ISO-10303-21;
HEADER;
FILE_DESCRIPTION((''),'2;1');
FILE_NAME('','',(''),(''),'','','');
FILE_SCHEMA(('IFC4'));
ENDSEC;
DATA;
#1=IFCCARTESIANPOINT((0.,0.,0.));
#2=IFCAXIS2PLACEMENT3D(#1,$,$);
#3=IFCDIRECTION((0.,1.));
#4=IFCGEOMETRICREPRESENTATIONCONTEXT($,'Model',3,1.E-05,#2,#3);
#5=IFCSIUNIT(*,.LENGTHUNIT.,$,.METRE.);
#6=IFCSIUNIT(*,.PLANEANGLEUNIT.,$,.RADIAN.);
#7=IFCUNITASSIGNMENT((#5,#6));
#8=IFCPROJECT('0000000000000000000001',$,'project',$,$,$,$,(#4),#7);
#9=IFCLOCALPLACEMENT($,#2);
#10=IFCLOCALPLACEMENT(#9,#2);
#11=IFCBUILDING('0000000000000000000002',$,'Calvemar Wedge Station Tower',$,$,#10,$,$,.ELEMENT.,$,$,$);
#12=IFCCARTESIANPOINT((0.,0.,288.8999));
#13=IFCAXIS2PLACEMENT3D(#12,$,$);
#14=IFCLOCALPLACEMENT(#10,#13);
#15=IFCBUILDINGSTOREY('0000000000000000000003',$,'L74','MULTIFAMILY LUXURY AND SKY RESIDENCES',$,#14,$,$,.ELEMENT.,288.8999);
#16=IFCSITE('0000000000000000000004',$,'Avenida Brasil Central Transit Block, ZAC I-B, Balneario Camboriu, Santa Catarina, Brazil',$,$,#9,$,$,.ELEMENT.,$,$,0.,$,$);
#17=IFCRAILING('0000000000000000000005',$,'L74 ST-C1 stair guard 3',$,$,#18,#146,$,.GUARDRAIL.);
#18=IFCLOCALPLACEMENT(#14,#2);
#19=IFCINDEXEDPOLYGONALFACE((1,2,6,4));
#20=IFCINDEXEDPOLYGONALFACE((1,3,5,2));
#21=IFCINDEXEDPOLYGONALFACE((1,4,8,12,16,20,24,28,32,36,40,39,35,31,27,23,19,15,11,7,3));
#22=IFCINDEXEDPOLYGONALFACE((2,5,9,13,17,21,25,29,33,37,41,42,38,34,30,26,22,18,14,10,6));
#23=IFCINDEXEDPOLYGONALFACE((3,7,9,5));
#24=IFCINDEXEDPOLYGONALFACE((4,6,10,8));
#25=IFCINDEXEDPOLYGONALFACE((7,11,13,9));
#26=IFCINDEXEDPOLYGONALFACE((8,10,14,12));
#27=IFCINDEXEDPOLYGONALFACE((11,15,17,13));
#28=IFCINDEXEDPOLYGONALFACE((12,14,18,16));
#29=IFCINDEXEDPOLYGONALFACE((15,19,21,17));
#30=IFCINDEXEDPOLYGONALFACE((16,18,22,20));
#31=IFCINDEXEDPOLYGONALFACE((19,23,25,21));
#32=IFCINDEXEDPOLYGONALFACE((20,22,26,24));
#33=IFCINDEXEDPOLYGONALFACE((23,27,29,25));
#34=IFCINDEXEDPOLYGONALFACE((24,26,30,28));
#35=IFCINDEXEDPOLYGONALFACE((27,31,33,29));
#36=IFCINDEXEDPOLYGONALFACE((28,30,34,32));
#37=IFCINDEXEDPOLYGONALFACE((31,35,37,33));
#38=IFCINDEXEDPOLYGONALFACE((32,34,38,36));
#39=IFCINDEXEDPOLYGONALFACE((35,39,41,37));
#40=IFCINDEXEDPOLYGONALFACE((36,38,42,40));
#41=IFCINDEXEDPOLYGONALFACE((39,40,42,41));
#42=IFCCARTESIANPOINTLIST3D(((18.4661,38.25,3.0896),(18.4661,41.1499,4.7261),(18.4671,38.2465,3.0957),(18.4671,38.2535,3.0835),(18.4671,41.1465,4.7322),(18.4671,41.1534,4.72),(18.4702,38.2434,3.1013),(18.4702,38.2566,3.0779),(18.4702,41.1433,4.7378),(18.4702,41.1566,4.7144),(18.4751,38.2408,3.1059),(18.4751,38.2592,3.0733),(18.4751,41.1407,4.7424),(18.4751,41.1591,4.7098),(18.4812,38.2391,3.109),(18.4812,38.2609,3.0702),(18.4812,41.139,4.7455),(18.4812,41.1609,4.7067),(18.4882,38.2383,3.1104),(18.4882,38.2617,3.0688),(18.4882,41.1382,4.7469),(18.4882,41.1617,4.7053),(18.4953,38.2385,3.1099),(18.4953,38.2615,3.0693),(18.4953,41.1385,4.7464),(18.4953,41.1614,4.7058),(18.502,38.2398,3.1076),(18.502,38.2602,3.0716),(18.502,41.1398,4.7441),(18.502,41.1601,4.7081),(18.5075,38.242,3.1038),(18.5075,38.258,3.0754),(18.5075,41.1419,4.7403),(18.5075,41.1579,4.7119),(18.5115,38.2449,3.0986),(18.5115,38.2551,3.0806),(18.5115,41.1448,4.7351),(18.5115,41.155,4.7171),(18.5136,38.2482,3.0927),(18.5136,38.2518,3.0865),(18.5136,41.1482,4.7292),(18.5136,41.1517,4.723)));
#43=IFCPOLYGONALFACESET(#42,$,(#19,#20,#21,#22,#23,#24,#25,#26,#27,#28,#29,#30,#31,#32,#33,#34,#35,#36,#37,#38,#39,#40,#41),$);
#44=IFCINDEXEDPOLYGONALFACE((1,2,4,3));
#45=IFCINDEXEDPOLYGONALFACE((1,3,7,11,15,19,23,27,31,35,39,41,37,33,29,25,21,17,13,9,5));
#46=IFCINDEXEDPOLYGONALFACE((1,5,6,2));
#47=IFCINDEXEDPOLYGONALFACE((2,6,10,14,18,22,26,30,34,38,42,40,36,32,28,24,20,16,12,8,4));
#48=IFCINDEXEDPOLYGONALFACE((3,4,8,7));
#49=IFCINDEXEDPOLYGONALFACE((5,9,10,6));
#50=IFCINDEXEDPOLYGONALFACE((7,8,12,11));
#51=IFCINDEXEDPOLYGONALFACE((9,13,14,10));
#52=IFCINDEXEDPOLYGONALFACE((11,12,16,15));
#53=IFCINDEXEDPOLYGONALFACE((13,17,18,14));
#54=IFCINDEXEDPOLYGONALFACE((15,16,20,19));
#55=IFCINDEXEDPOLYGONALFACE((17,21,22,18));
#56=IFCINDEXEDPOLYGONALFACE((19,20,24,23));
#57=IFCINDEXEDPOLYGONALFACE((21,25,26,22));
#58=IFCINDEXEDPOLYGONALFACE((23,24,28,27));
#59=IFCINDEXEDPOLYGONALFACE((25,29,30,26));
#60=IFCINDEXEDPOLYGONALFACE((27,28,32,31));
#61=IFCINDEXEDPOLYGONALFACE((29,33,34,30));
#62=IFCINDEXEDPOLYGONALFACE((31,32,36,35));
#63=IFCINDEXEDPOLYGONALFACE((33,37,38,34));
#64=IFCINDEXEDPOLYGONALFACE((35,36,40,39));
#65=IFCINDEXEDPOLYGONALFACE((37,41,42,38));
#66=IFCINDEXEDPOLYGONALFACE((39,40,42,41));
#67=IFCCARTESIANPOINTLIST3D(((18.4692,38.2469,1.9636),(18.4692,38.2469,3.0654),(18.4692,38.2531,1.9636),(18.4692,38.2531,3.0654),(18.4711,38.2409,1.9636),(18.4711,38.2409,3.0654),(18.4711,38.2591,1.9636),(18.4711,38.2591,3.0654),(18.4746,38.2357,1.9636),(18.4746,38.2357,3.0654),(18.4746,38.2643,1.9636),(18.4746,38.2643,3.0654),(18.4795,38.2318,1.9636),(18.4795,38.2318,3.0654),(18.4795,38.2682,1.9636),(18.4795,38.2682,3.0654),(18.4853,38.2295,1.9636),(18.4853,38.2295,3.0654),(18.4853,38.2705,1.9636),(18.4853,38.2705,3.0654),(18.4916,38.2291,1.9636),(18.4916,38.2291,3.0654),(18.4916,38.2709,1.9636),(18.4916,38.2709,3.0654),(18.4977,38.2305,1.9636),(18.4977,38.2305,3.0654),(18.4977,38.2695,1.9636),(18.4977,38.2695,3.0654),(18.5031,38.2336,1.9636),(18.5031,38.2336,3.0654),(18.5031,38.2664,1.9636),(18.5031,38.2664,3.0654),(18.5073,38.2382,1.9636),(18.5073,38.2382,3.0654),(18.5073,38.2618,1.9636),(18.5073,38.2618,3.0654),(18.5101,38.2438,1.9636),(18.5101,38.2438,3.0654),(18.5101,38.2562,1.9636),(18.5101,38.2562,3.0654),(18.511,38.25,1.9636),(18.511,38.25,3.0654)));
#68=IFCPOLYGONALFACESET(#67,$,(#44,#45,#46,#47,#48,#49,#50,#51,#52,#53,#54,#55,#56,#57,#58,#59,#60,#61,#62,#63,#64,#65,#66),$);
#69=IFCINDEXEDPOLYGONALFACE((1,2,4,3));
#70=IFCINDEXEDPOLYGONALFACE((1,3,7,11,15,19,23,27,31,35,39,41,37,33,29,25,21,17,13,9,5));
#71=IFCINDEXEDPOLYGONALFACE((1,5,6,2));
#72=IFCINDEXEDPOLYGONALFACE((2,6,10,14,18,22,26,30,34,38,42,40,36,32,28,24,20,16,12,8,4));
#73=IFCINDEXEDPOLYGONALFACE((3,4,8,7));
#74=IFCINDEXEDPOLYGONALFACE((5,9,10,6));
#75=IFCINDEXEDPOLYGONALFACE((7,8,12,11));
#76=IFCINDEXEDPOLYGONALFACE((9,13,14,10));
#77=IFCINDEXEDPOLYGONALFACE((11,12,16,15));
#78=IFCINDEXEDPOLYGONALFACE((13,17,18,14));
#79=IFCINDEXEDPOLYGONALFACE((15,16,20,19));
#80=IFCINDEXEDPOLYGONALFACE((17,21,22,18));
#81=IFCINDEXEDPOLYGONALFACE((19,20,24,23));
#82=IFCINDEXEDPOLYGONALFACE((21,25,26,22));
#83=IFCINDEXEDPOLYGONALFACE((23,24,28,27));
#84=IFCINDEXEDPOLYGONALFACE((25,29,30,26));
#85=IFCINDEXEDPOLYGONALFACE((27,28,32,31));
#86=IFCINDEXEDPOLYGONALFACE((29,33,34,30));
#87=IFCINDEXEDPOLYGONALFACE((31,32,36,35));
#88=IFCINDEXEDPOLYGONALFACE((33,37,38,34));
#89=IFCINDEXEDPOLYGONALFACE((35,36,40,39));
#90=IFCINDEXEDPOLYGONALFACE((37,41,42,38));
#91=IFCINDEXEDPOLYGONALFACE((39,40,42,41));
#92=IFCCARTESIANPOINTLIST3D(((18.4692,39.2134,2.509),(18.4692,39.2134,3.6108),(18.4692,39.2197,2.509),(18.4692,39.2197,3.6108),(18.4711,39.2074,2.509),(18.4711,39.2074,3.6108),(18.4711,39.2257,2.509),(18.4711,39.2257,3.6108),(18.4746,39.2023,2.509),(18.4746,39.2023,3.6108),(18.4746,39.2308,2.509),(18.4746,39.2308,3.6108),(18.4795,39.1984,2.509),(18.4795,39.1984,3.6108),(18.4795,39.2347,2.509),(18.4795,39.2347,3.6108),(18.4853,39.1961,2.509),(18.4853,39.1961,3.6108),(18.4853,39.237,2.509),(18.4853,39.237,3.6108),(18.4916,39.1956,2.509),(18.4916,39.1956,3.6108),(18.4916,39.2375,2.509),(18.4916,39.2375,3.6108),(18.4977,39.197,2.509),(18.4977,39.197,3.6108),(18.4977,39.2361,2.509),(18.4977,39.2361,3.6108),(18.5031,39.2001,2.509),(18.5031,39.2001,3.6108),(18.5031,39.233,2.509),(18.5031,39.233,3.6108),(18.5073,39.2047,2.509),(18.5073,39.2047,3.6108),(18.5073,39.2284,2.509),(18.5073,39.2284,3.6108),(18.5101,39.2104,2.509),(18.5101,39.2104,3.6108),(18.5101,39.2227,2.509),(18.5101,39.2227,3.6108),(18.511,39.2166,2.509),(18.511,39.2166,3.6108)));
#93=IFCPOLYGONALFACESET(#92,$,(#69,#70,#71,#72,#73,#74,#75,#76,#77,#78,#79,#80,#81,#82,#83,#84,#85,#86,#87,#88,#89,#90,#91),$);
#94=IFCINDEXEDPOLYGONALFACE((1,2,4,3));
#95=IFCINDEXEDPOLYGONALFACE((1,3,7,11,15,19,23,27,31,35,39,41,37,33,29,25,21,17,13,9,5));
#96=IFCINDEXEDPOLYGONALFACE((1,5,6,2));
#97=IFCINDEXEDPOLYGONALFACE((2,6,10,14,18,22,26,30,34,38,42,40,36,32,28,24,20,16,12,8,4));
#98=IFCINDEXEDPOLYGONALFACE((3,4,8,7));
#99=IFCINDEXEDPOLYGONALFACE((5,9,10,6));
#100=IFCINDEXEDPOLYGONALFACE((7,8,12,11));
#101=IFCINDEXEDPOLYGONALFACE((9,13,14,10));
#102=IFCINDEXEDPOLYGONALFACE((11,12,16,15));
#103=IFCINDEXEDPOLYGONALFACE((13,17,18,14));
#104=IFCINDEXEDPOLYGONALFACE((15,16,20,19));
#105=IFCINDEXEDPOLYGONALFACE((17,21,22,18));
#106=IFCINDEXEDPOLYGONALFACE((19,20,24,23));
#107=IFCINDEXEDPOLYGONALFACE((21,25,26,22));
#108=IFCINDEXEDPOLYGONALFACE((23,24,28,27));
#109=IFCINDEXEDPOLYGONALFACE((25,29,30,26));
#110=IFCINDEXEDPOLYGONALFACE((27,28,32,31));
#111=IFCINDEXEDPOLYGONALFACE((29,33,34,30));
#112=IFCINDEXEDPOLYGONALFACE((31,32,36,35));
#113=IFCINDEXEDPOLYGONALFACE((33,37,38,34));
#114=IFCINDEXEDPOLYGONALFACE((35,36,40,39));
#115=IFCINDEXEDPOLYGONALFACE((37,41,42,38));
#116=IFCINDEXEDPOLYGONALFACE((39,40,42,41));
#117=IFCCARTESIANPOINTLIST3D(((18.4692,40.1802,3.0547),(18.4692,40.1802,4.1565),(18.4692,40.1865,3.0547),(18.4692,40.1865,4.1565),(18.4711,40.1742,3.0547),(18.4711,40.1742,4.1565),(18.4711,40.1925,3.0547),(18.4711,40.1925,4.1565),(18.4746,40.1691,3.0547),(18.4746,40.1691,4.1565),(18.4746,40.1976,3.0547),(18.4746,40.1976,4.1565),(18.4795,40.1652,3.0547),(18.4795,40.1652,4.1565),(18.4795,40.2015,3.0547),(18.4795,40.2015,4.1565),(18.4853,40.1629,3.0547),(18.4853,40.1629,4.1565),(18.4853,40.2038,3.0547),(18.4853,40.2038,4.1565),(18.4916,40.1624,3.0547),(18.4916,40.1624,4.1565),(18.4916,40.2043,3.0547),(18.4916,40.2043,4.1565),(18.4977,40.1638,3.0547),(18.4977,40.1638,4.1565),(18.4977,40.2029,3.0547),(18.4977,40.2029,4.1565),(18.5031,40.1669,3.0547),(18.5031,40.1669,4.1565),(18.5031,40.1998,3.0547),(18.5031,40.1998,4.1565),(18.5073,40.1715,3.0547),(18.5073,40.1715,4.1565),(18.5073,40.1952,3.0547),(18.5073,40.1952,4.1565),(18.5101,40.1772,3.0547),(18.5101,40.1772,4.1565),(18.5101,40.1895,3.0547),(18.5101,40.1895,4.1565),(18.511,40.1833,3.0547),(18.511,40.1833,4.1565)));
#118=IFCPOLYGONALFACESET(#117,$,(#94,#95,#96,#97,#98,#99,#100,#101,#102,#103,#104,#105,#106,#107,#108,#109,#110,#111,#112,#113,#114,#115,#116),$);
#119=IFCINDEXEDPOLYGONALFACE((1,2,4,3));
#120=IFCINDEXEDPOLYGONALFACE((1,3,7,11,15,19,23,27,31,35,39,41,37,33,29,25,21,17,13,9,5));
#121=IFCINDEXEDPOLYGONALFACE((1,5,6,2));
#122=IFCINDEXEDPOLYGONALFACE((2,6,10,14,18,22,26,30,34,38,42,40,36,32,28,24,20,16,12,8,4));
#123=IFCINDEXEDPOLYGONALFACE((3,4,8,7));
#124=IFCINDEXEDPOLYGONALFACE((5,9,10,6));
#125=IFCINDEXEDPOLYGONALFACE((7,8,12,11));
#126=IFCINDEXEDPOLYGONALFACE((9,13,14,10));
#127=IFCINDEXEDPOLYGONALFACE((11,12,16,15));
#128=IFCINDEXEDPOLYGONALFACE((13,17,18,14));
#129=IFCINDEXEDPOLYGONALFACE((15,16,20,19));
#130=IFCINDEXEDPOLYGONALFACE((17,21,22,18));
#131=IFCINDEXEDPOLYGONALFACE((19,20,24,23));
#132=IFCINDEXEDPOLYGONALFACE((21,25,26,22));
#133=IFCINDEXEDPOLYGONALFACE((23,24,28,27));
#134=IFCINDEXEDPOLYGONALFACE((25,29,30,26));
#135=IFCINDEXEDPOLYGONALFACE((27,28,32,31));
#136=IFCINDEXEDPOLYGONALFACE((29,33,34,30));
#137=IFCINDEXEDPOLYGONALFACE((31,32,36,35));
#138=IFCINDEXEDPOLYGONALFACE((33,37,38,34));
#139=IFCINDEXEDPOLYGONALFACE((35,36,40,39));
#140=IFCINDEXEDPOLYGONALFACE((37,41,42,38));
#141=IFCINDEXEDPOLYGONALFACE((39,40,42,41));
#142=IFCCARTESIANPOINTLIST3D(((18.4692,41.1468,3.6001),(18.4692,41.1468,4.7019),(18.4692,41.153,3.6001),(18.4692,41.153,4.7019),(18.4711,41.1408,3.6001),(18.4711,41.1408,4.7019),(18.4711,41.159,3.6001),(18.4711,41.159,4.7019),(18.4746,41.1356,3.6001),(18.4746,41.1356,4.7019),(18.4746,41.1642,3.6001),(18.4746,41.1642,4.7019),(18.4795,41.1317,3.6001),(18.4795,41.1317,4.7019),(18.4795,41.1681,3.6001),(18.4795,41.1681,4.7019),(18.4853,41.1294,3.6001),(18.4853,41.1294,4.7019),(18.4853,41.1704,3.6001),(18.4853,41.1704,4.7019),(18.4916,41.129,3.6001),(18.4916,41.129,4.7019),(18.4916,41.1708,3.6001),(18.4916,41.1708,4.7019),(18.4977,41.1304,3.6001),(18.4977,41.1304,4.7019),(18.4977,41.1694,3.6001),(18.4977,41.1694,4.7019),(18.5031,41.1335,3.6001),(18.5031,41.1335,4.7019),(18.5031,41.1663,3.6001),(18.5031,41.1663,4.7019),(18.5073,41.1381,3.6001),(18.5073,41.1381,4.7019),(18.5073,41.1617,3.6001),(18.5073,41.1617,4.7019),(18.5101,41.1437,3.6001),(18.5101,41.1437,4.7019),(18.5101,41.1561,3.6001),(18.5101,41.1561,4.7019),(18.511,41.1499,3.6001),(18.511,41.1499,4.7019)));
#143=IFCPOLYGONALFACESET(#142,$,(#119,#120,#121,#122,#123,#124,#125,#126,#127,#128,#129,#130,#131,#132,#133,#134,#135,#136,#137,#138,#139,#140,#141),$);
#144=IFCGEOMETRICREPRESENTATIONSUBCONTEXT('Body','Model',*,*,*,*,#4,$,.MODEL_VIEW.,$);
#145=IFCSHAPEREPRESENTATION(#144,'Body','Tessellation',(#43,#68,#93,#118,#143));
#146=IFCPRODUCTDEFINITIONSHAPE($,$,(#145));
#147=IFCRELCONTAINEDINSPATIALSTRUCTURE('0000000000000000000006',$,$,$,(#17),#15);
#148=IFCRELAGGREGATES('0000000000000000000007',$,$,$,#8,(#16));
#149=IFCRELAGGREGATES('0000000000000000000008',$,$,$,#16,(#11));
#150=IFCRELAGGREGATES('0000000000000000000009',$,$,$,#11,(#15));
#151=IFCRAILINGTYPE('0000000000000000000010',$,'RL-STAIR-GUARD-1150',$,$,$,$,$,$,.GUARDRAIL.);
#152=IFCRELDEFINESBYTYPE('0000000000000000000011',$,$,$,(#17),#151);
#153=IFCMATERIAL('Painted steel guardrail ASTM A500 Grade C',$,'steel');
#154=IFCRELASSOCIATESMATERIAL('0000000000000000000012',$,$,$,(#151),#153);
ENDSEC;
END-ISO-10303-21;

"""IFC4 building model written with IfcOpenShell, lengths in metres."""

from ifc_helpers import new_model, si_unit, direction, frame, origin, origin_2d, place, context, subcontext, project, spatial, circle, extrude, material, type_object, element, save


model = new_model("IFC4")

# Units and contexts
model_context = context("Model", 3, precision=1e-05, world=origin(), true_north=direction((0.0, 1.0)))
body_context = subcontext(model_context, "Body", "Model", "MODEL_VIEW")
ifc_project = project(units=[si_unit("LENGTHUNIT", "METRE"), si_unit("PLANEANGLEUNIT", "RADIAN")], contexts=[model_context])

# Site, building, storey
site_placement = place(None, origin())
site = spatial("IfcSite", under=ifc_project, at=site_placement, Name="Avenida Brasil Central Transit Block, ZAC I-B, Balneario Camboriu, Santa Catarina, Brazil", CompositionType="ELEMENT", RefElevation=0.0)
building_placement = place(site_placement, origin())
building = spatial("IfcBuilding", under=site, at=building_placement, Name="Calvemar Wedge Station Tower", CompositionType="ELEMENT")
storey_placement = place(building_placement, frame((0.0, 0.0, 288.8999)))
storey = spatial("IfcBuildingStorey", under=building, at=storey_placement, Name="L74", Description="MULTIFAMILY LUXURY AND SKY RESIDENCES", CompositionType="ELEMENT", Elevation=288.8999)

# Railing
ifc_material_1 = material(Name="Painted steel guardrail ASTM A500 Grade C", Category="steel")
railing_type = type_object("IfcRailingType", Name="RL-STAIR-GUARD-1150", PredefinedType="GUARDRAIL", material=ifc_material_1)
railing_1_placement = place(storey_placement, frame((18.49, 38.25, 1.9636)))
element("IfcRailing", 1, at=railing_1_placement, inside=storey, type_object=railing_type, Name="L74 ST-C1 stair guard 3", PredefinedType="GUARDRAIL", context=body_context, shape_type="SweptSolid", body=[
    extrude(circle(Radius=0.0239, at=origin_2d()), frame((0.0, 0.0, 1.126), z_axis=(0.0, 0.870897, 0.491465), x_axis=(-1.0, 0.0, 0.0)), (0.0, 0.0, 1.0), 3.3298),
    extrude(circle(Radius=0.021, at=origin_2d()), origin(), (0.0, 0.0, 1.0), 1.1018),
    extrude(circle(Radius=0.021, at=origin_2d()), frame((0.0, 0.9666, 0.5454)), (0.0, 0.0, 1.0), 1.1018),
    extrude(circle(Radius=0.021, at=origin_2d()), frame((0.0, 1.9333, 1.0911)), (0.0, 0.0, 1.0), 1.1018),
    extrude(circle(Radius=0.021, at=origin_2d()), frame((0.0, 2.8999, 1.6365)), (0.0, 0.0, 1.0), 1.1018),
])

save(model, "model.ifc")
